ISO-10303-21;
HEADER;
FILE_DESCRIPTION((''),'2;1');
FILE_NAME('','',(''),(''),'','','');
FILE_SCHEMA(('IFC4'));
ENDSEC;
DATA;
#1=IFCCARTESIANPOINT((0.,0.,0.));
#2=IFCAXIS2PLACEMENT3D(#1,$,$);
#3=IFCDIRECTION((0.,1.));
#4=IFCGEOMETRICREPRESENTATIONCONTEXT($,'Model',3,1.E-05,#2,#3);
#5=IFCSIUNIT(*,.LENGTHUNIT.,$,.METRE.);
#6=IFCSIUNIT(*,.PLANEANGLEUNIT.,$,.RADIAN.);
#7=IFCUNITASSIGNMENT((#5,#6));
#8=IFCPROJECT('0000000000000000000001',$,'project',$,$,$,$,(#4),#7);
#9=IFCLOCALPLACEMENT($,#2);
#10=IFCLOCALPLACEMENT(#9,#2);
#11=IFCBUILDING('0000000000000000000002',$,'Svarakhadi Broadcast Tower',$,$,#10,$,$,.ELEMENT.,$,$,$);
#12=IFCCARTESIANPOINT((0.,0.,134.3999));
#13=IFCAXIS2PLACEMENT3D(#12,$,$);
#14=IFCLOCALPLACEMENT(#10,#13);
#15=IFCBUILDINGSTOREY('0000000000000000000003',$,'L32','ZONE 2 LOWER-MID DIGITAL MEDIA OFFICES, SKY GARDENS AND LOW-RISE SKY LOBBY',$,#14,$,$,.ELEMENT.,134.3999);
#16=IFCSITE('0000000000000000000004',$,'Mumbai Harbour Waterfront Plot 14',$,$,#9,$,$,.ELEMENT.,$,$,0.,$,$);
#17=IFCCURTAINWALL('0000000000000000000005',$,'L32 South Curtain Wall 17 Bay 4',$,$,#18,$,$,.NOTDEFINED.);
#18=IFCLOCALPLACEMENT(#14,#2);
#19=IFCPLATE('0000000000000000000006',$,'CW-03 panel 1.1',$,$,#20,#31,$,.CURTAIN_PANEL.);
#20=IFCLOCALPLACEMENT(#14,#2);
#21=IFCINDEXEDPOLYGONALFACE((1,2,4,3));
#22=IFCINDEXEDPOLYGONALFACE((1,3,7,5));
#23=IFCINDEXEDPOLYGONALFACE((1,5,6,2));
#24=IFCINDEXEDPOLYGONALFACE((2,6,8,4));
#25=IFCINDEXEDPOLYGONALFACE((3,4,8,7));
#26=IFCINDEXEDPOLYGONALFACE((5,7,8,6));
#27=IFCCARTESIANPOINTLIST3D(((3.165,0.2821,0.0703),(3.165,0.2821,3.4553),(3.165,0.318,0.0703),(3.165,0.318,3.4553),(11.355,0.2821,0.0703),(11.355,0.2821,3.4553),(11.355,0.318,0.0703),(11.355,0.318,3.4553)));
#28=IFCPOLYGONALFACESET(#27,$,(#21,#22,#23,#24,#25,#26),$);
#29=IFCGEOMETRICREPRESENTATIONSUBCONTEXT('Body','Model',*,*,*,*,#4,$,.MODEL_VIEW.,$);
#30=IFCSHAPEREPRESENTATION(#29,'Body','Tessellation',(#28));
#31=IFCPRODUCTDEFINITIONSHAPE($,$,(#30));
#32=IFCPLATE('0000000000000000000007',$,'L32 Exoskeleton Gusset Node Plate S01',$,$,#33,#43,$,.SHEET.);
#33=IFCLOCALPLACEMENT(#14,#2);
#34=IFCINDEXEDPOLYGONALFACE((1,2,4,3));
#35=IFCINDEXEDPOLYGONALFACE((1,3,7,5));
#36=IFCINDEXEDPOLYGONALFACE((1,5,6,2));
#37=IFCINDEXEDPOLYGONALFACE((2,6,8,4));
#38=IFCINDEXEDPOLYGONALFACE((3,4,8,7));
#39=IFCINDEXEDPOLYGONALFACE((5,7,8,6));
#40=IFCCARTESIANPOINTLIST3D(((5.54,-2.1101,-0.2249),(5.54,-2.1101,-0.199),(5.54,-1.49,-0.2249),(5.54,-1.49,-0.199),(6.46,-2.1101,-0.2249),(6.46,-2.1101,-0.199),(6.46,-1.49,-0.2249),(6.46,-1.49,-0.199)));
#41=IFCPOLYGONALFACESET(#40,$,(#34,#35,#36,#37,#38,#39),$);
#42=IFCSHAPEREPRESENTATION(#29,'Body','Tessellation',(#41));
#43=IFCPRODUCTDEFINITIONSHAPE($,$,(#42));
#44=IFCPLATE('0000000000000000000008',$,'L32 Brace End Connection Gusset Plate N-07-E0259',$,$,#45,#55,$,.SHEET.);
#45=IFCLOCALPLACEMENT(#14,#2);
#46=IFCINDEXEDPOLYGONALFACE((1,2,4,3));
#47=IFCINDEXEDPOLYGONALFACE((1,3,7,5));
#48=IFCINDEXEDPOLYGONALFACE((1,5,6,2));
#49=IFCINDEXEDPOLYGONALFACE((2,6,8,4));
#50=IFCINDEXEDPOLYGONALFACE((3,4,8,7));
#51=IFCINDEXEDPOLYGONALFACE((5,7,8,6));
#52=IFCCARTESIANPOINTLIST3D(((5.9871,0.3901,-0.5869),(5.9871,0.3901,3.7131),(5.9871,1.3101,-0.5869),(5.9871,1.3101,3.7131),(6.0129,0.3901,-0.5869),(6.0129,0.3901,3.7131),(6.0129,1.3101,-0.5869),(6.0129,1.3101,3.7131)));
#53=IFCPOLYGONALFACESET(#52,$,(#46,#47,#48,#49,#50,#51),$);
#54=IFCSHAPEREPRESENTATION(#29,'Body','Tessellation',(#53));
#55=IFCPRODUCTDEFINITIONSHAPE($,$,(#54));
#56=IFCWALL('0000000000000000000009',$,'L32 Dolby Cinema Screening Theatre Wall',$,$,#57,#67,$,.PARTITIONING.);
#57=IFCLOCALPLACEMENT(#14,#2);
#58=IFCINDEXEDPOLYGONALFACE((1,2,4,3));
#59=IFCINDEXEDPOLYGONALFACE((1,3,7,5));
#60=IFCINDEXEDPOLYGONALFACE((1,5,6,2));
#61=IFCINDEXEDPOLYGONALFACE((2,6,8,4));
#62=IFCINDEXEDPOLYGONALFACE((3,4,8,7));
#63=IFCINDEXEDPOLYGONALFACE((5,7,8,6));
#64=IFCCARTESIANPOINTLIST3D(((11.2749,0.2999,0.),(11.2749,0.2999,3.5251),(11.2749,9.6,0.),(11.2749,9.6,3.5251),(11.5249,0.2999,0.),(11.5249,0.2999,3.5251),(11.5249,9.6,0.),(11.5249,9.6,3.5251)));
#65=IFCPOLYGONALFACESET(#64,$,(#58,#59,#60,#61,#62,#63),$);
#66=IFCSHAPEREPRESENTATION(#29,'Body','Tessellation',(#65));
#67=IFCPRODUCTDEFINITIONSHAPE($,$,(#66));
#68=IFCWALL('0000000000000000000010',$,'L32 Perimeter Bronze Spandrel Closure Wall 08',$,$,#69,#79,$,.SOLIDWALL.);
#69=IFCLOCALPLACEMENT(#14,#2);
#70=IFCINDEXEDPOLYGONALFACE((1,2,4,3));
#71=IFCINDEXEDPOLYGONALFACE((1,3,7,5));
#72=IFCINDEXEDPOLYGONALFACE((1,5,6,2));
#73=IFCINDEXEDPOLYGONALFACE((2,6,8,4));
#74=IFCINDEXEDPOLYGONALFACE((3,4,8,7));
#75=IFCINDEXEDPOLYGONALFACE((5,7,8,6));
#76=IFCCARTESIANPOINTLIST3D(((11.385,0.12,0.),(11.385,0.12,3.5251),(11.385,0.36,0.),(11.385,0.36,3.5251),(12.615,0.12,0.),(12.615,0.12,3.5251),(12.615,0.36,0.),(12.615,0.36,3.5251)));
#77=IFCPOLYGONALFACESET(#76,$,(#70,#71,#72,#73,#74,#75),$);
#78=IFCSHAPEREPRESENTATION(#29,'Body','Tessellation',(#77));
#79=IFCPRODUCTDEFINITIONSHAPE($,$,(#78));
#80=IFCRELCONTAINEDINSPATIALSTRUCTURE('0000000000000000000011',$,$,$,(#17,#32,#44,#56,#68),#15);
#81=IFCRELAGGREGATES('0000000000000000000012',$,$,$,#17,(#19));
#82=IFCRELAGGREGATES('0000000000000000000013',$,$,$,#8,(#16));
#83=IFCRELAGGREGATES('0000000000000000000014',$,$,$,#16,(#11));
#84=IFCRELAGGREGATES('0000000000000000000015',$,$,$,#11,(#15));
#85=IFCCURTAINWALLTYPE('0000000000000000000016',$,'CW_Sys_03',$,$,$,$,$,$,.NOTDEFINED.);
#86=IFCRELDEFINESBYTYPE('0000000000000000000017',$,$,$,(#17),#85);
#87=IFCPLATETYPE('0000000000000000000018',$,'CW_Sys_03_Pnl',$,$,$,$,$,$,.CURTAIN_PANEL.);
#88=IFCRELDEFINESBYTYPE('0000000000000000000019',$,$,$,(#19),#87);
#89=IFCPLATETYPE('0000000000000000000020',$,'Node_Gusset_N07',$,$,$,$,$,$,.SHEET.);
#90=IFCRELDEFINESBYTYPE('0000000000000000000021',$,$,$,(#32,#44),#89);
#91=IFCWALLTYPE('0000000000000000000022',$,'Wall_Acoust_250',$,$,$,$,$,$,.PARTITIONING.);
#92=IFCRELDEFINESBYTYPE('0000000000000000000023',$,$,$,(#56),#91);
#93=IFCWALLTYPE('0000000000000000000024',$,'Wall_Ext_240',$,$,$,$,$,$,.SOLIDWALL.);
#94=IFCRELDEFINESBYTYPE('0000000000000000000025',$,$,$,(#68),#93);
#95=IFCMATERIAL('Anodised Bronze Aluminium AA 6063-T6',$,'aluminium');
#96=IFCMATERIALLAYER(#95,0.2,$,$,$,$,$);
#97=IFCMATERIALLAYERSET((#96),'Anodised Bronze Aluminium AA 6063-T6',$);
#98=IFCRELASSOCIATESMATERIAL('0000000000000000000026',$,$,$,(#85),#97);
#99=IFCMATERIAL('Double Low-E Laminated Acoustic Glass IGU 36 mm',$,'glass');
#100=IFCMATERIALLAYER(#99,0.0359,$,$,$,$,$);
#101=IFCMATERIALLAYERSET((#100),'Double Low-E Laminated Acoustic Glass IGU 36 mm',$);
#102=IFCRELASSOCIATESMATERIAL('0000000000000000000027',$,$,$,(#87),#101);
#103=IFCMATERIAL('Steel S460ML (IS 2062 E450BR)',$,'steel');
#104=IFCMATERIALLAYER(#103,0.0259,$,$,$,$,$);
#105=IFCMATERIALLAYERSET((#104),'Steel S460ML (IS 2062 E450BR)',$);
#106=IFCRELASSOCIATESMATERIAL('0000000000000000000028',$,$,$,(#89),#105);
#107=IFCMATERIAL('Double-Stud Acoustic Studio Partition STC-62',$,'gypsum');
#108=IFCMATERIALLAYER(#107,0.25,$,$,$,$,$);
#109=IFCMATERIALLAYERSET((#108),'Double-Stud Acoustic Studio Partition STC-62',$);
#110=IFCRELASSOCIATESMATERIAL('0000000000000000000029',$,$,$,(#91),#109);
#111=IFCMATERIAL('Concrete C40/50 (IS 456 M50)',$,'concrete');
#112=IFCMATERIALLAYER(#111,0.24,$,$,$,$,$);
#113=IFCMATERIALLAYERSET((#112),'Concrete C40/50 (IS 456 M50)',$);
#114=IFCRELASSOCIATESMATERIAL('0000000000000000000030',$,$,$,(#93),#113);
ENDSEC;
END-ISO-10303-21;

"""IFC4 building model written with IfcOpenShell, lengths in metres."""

from ifc_helpers import new_model, si_unit, direction, frame, frame_2d, origin, origin_2d, place, context, subcontext, project, spatial, rectangle, extrude, material, layer, layer_set, type_object, element, aggregate, save


model = new_model("IFC4")

# Units and contexts
model_context = context("Model", 3, precision=1e-05, world=origin(), true_north=direction((0.0, 1.0)))
body_context = subcontext(model_context, "Body", "Model", "MODEL_VIEW")
ifc_project = project(units=[si_unit("LENGTHUNIT", "METRE"), si_unit("PLANEANGLEUNIT", "RADIAN")], contexts=[model_context])

# Site, building, storey
site_placement = place(None, origin())
site = spatial("IfcSite", under=ifc_project, at=site_placement, Name="Mumbai Harbour Waterfront Plot 14", CompositionType="ELEMENT", RefElevation=0.0)
building_placement = place(site_placement, origin())
building = spatial("IfcBuilding", under=site, at=building_placement, Name="Svarakhadi Broadcast Tower", CompositionType="ELEMENT")
storey_placement = place(building_placement, frame((0.0, 0.0, 134.3999)))
storey = spatial("IfcBuildingStorey", under=building, at=storey_placement, Name="L32", Description="ZONE 2 LOWER-MID DIGITAL MEDIA OFFICES, SKY GARDENS AND LOW-RISE SKY LOBBY", CompositionType="ELEMENT", Elevation=134.3999)

# Shared definitions
ifc_material_1 = material(Name="Steel S460ML (IS 2062 E450BR)", Category="steel")

# Shared definitions
ifc_material_2 = material(Name="Anodised Bronze Aluminium AA 6063-T6", Category="aluminium")
ifc_layer_1 = layer(ifc_material_2, 0.2)
ifc_layer_set_1 = layer_set([ifc_layer_1], Name="Anodised Bronze Aluminium AA 6063-T6")
curtain_wall_type = type_object("IfcCurtainWallType", Name="CW_Sys_03", PredefinedType="NOTDEFINED", material=ifc_layer_set_1)

# Curtain wall
curtain_wall_1_placement = place(storey_placement, origin())
curtain_wall_1 = element("IfcCurtainWall", 1, at=curtain_wall_1_placement, inside=storey, type_object=curtain_wall_type, Name="L32 South Curtain Wall 17 Bay 4", PredefinedType="NOTDEFINED")

# Plate
ifc_material_3 = material(Name="Double Low-E Laminated Acoustic Glass IGU 36 mm", Category="glass")
ifc_layer_2 = layer(ifc_material_3, 0.0359)
ifc_layer_set_2 = layer_set([ifc_layer_2], Name="Double Low-E Laminated Acoustic Glass IGU 36 mm")
plate_type_1 = type_object("IfcPlateType", Name="CW_Sys_03_Pnl", PredefinedType="CURTAIN_PANEL", material=ifc_layer_set_2)
plate_1_placement = place(storey_placement, frame((7.26, 0.3, 0.0703), z_axis=(0.0, 0.0, 1.0), x_axis=(-1.0, 0.0, 0.0)))
plate_1 = element("IfcPlate", 2, at=plate_1_placement, type_object=plate_type_1, Name="CW-03 panel 1.1", PredefinedType="CURTAIN_PANEL", context=body_context, shape_type="SweptSolid", body=[
    extrude(rectangle(XDim=8.1899, YDim=0.0359, at=origin_2d()), origin(), (0.0, 0.0, 1.0), 3.385),
])
aggregate(curtain_wall_1, [plate_1])

# Plates
ifc_layer_3 = layer(ifc_material_1, 0.0259)
ifc_layer_set_3 = layer_set([ifc_layer_3], Name="Steel S460ML (IS 2062 E450BR)")
plate_type_2 = type_object("IfcPlateType", Name="Node_Gusset_N07", PredefinedType="SHEET", material=ifc_layer_set_3)
plate_2_placement = place(storey_placement, frame((6.0, -1.8, -0.2249), z_axis=(0.0, 0.0, 1.0), x_axis=(1.0, 0.0, 0.0)))
element("IfcPlate", 3, at=plate_2_placement, inside=storey, type_object=plate_type_2, Name="L32 Exoskeleton Gusset Node Plate S01", PredefinedType="SHEET", context=body_context, shape_type="SweptSolid", body=[
    extrude(rectangle(XDim=0.9199, YDim=0.6201, at=origin_2d()), origin(), (0.0, 0.0, 1.0), 0.0259),
])
plate_3_placement = place(storey_placement, frame((6.0, 0.8501, -0.5869), z_axis=(0.0, 0.0, 1.0), x_axis=(0.0, 1.0, 0.0)))
element("IfcPlate", 4, at=plate_3_placement, inside=storey, type_object=plate_type_2, Name="L32 Brace End Connection Gusset Plate N-07-E0259", PredefinedType="SHEET", context=body_context, shape_type="SweptSolid", body=[
    extrude(rectangle(XDim=0.9199, YDim=0.0259, at=origin_2d()), origin(), (0.0, 0.0, 1.0), 4.3),
])

# Walls
ifc_material_4 = material(Name="Double-Stud Acoustic Studio Partition STC-62", Category="gypsum")
ifc_layer_4 = layer(ifc_material_4, 0.25)
ifc_layer_set_4 = layer_set([ifc_layer_4], Name="Double-Stud Acoustic Studio Partition STC-62")
wall_type_1 = type_object("IfcWallType", Name="Wall_Acoust_250", PredefinedType="PARTITIONING", material=ifc_layer_set_4)
wall_1_placement = place(storey_placement, frame((11.3999, 0.3, 0.0), z_axis=(0.0, 0.0, 1.0), x_axis=(0.0, 1.0, 0.0)))
element("IfcWall", 5, at=wall_1_placement, inside=storey, type_object=wall_type_1, Name="L32 Dolby Cinema Screening Theatre Wall", PredefinedType="PARTITIONING", context=body_context, shape_type="SweptSolid", body=[
    extrude(rectangle(XDim=9.3, YDim=0.25, at=frame_2d((4.6499, 0.0))), origin(), (0.0, 0.0, 1.0), 3.5251),
])
ifc_material_5 = material(Name="Concrete C40/50 (IS 456 M50)", Category="concrete")
ifc_layer_5 = layer(ifc_material_5, 0.24)
ifc_layer_set_5 = layer_set([ifc_layer_5], Name="Concrete C40/50 (IS 456 M50)")
wall_type_2 = type_object("IfcWallType", Name="Wall_Ext_240", PredefinedType="SOLIDWALL", material=ifc_layer_set_5)
wall_2_placement = place(storey_placement, frame((12.615, 0.24, 0.0), z_axis=(0.0, 0.0, 1.0), x_axis=(-1.0, 0.0, 0.0)))
element("IfcWall", 6, at=wall_2_placement, inside=storey, type_object=wall_type_2, Name="L32 Perimeter Bronze Spandrel Closure Wall 08", PredefinedType="SOLIDWALL", context=body_context, shape_type="SweptSolid", body=[
    extrude(rectangle(XDim=1.23, YDim=0.24, at=frame_2d((0.615, 0.0))), origin(), (0.0, 0.0, 1.0), 3.5251),
])

save(model, "model.ifc")
